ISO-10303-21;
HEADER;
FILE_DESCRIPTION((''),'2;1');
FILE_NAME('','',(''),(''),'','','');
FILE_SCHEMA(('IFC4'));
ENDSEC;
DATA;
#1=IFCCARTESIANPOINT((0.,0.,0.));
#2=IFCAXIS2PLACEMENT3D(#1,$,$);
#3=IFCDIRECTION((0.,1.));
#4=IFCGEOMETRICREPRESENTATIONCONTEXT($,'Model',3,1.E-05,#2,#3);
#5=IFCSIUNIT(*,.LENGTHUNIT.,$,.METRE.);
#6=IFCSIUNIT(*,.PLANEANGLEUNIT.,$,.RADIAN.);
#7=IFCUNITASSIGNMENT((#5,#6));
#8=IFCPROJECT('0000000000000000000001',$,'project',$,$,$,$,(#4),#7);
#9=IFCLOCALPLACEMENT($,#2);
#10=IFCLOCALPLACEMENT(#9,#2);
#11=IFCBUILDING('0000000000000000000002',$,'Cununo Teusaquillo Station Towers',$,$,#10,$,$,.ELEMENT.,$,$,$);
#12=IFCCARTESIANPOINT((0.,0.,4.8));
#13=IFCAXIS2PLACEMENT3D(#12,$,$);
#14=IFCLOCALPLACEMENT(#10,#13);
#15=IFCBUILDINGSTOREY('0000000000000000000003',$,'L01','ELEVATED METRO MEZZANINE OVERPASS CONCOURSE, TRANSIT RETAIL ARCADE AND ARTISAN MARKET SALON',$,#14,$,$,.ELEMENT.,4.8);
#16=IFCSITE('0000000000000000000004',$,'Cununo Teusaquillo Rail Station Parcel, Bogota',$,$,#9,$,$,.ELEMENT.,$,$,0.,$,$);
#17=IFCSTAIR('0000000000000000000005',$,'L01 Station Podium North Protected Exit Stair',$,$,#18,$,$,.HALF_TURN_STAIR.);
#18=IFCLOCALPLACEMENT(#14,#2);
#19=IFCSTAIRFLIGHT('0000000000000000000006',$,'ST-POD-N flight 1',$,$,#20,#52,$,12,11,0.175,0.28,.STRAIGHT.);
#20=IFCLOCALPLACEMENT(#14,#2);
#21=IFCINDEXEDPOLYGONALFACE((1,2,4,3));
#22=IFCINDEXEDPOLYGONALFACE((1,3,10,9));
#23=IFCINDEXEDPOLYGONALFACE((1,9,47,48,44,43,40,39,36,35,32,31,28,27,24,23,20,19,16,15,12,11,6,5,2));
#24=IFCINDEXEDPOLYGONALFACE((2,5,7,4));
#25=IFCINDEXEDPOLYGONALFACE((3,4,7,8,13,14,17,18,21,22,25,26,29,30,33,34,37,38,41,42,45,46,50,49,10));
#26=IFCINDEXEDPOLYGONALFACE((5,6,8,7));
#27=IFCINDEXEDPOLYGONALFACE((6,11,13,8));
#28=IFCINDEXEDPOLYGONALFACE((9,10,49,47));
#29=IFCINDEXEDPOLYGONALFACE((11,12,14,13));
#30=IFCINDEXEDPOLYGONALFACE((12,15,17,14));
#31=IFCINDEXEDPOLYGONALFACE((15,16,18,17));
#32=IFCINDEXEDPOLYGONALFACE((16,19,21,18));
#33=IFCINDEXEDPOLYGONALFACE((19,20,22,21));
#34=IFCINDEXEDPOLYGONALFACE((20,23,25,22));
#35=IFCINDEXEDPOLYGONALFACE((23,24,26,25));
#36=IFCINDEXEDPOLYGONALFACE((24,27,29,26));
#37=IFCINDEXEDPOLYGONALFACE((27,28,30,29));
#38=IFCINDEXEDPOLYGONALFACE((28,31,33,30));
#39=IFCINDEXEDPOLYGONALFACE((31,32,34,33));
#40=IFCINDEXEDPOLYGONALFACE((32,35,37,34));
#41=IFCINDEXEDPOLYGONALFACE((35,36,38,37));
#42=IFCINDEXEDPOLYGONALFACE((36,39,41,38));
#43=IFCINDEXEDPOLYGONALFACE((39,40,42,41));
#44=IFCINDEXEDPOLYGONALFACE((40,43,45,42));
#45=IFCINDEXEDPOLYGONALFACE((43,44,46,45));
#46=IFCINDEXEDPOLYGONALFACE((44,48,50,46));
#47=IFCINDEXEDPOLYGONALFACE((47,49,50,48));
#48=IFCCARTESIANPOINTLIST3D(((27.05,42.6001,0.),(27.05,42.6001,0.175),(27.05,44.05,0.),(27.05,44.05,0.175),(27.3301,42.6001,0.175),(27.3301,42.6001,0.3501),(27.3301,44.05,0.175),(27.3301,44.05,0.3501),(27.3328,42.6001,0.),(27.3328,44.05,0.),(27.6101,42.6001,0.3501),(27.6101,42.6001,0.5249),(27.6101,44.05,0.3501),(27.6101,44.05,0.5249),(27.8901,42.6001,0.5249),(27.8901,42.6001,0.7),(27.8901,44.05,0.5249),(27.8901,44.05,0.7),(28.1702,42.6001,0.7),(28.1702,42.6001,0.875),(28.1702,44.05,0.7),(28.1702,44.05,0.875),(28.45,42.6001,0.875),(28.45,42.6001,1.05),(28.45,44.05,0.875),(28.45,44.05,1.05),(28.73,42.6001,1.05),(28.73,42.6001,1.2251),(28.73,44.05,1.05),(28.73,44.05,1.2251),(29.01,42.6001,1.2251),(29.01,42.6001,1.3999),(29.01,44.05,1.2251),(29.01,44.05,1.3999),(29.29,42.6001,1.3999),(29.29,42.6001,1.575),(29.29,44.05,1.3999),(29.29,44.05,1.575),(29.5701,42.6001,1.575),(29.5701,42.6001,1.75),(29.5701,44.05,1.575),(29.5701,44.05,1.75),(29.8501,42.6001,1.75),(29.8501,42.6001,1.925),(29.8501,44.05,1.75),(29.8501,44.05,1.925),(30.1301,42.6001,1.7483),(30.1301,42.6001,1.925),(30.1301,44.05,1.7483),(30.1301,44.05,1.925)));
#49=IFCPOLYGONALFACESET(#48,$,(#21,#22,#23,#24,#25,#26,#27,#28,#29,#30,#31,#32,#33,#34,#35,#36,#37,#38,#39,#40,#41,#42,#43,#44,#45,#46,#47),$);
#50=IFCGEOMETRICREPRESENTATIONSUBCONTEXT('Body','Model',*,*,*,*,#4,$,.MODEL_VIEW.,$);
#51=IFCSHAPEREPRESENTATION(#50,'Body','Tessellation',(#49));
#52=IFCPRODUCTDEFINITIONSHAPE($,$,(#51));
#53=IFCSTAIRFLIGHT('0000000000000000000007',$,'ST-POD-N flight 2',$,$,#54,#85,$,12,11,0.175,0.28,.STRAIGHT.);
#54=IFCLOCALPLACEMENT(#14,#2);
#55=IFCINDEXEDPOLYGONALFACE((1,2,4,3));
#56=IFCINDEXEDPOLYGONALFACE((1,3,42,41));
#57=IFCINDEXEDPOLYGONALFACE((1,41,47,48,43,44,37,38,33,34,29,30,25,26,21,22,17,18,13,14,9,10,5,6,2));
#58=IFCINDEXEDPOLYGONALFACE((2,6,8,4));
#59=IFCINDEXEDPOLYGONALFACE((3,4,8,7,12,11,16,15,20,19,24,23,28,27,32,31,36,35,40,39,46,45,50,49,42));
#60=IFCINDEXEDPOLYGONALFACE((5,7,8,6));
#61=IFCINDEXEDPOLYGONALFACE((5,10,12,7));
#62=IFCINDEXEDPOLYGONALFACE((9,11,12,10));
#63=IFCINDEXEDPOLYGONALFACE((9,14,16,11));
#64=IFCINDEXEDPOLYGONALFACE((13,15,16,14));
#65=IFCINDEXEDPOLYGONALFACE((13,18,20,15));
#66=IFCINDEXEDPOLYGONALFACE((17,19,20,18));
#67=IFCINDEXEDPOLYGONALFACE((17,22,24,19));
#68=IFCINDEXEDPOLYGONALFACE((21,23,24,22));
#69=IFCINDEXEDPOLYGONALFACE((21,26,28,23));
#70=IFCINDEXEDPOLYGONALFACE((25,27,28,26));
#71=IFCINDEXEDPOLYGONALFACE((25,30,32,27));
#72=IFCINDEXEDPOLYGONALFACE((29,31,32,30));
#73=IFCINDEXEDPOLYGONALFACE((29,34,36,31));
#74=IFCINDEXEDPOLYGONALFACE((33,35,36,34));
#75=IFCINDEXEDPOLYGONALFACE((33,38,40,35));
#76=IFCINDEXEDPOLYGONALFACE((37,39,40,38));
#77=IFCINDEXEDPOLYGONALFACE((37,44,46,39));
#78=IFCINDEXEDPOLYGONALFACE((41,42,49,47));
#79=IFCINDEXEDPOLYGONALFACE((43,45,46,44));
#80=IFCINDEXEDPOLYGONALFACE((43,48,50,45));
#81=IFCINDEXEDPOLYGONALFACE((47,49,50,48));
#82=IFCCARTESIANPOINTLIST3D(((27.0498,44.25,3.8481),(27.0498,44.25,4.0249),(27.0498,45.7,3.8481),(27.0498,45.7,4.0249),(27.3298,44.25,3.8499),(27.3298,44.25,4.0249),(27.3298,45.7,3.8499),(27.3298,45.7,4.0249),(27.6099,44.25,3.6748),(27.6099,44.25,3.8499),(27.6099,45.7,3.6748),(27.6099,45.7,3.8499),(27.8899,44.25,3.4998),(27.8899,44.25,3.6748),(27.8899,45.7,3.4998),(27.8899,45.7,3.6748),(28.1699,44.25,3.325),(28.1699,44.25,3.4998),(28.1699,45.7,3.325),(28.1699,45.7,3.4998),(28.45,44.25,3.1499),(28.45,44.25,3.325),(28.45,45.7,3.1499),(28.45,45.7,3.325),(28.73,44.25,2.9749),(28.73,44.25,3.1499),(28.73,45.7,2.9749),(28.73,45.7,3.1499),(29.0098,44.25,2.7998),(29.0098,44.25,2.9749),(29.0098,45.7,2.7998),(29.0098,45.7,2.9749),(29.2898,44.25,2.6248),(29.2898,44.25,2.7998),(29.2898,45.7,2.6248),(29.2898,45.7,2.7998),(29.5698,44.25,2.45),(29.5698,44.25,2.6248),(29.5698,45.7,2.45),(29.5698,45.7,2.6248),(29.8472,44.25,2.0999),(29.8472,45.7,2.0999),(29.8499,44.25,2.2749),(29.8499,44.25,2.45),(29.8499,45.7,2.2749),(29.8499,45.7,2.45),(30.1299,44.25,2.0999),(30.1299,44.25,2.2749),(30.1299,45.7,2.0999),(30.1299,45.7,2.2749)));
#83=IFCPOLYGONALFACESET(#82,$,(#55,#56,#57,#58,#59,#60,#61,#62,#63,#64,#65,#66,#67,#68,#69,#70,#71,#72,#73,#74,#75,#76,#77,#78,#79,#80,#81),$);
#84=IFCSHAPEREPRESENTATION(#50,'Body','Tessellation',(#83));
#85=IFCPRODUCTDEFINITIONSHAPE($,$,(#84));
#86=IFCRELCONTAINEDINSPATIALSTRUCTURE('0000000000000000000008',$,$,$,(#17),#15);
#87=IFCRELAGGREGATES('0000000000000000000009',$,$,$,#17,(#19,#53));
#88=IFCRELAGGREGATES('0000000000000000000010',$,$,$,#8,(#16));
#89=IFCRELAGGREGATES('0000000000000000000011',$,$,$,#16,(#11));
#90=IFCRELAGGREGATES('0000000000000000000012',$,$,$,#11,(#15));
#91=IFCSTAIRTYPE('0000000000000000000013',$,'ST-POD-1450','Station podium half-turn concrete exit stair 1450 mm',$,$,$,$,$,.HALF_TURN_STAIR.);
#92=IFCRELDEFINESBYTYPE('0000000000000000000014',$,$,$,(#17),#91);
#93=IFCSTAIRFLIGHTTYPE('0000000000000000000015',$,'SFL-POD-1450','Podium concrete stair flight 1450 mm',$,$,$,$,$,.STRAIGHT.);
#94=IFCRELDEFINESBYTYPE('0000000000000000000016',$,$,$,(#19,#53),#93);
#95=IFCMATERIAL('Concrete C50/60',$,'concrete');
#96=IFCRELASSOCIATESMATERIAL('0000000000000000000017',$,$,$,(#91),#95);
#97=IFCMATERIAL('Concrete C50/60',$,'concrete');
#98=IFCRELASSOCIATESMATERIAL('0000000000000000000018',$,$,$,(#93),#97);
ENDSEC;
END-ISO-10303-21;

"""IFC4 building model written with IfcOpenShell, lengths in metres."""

from ifc_helpers import new_model, si_unit, direction, frame, origin, place, context, subcontext, project, spatial, polyline, outline, extrude, material, type_object, element, aggregate, save


model = new_model("IFC4")

# Units and contexts
model_context = context("Model", 3, precision=1e-05, world=origin(), true_north=direction((0.0, 1.0)))
body_context = subcontext(model_context, "Body", "Model", "MODEL_VIEW")
ifc_project = project(units=[si_unit("LENGTHUNIT", "METRE"), si_unit("PLANEANGLEUNIT", "RADIAN")], contexts=[model_context])

# Site, building, storey
site_placement = place(None, origin())
site = spatial("IfcSite", under=ifc_project, at=site_placement, Name="Cununo Teusaquillo Rail Station Parcel, Bogota", CompositionType="ELEMENT", RefElevation=0.0)
building_placement = place(site_placement, origin())
building = spatial("IfcBuilding", under=site, at=building_placement, Name="Cununo Teusaquillo Station Towers", CompositionType="ELEMENT")
storey_placement = place(building_placement, frame((0.0, 0.0, 4.8)))
storey = spatial("IfcBuildingStorey", under=building, at=storey_placement, Name="L01", Description="ELEVATED METRO MEZZANINE OVERPASS CONCOURSE, TRANSIT RETAIL ARCADE AND ARTISAN MARKET SALON", CompositionType="ELEMENT", Elevation=4.8)

# Stair, stair flights
ifc_material_1 = material(Name="Concrete C50/60", Category="concrete")
stair_type = type_object("IfcStairType", Name="ST-POD-1450", Description="Station podium half-turn concrete exit stair 1450 mm", PredefinedType="HALF_TURN_STAIR", material=ifc_material_1)
stair_placement = place(storey_placement, origin())
stair = element("IfcStair", 1, at=stair_placement, inside=storey, type_object=stair_type, Name="L01 Station Podium North Protected Exit Stair", PredefinedType="HALF_TURN_STAIR")
ifc_material_2 = material(Name="Concrete C50/60", Category="concrete")
stair_flight_type = type_object("IfcStairFlightType", Name="SFL-POD-1450", Description="Podium concrete stair flight 1450 mm", PredefinedType="STRAIGHT", material=ifc_material_2)
stair_flight_1_placement = place(storey_placement, frame((27.05, 43.325, 0.0), z_axis=(0.0, 0.0, 1.0), x_axis=(1.0, 0.0, 0.0)))
stair_flight_1 = element("IfcStairFlight", 2, at=stair_flight_1_placement, type_object=stair_flight_type, Name="ST-POD-N flight 1", NumberOfRisers=12, NumberOfTreads=11, PredefinedType="STRAIGHT", RiserHeight=0.175, TreadLength=0.28, context=body_context, shape_type="SweptSolid", body=[
    extrude(outline(polyline([(0.0, 0.0), (0.0, 0.175), (0.28, 0.175), (0.28, 0.3501), (0.5601, 0.3501), (0.5601, 0.5249), (0.8401, 0.5249), (0.8401, 0.7), (1.1201, 0.7), (1.1201, 0.875), (1.3999, 0.875), (1.3999, 1.05), (1.6799, 1.05), (1.6799, 1.2251), (1.96, 1.2251), (1.96, 1.3999), (2.24, 1.3999), (2.24, 1.575), (2.52, 1.575), (2.52, 1.75), (2.8, 1.75), (2.8, 1.925), (3.0801, 1.925), (3.0801, 2.1001), (3.0801, 1.7483), (0.2827, 0.0), (0.0, 0.0)])), frame((0.0, 0.7251, 0.0), z_axis=(0.0, -1.0, 0.0), x_axis=(1.0, 0.0, 0.0)), (0.0, 0.0, 1.0), 1.45),
])
stair_flight_2_placement = place(storey_placement, frame((30.1299, 44.9751, 2.0999), z_axis=(0.0, 0.0, 1.0), x_axis=(-1.0, 0.0, 0.0)))
stair_flight_2 = element("IfcStairFlight", 3, at=stair_flight_2_placement, type_object=stair_flight_type, Name="ST-POD-N flight 2", NumberOfRisers=12, NumberOfTreads=11, PredefinedType="STRAIGHT", RiserHeight=0.175, TreadLength=0.28, context=body_context, shape_type="SweptSolid", body=[
    extrude(outline(polyline([(0.0, 0.0), (0.0, 0.175), (0.28, 0.175), (0.28, 0.3501), (0.5601, 0.3501), (0.5601, 0.5249), (0.8401, 0.5249), (0.8401, 0.7), (1.1201, 0.7), (1.1201, 0.875), (1.3999, 0.875), (1.3999, 1.05), (1.6799, 1.05), (1.6799, 1.2251), (1.96, 1.2251), (1.96, 1.3999), (2.24, 1.3999), (2.24, 1.575), (2.52, 1.575), (2.52, 1.75), (2.8, 1.75), (2.8, 1.925), (3.0801, 1.925), (3.0801, 2.1001), (3.0801, 1.7483), (0.2827, 0.0), (0.0, 0.0)])), frame((0.0, 0.7251, 0.0), z_axis=(0.0, -1.0, 0.0), x_axis=(1.0, 0.0, 0.0)), (0.0, 0.0, 1.0), 1.45),
])
aggregate(stair, [stair_flight_1, stair_flight_2])

save(model, "model.ifc")
